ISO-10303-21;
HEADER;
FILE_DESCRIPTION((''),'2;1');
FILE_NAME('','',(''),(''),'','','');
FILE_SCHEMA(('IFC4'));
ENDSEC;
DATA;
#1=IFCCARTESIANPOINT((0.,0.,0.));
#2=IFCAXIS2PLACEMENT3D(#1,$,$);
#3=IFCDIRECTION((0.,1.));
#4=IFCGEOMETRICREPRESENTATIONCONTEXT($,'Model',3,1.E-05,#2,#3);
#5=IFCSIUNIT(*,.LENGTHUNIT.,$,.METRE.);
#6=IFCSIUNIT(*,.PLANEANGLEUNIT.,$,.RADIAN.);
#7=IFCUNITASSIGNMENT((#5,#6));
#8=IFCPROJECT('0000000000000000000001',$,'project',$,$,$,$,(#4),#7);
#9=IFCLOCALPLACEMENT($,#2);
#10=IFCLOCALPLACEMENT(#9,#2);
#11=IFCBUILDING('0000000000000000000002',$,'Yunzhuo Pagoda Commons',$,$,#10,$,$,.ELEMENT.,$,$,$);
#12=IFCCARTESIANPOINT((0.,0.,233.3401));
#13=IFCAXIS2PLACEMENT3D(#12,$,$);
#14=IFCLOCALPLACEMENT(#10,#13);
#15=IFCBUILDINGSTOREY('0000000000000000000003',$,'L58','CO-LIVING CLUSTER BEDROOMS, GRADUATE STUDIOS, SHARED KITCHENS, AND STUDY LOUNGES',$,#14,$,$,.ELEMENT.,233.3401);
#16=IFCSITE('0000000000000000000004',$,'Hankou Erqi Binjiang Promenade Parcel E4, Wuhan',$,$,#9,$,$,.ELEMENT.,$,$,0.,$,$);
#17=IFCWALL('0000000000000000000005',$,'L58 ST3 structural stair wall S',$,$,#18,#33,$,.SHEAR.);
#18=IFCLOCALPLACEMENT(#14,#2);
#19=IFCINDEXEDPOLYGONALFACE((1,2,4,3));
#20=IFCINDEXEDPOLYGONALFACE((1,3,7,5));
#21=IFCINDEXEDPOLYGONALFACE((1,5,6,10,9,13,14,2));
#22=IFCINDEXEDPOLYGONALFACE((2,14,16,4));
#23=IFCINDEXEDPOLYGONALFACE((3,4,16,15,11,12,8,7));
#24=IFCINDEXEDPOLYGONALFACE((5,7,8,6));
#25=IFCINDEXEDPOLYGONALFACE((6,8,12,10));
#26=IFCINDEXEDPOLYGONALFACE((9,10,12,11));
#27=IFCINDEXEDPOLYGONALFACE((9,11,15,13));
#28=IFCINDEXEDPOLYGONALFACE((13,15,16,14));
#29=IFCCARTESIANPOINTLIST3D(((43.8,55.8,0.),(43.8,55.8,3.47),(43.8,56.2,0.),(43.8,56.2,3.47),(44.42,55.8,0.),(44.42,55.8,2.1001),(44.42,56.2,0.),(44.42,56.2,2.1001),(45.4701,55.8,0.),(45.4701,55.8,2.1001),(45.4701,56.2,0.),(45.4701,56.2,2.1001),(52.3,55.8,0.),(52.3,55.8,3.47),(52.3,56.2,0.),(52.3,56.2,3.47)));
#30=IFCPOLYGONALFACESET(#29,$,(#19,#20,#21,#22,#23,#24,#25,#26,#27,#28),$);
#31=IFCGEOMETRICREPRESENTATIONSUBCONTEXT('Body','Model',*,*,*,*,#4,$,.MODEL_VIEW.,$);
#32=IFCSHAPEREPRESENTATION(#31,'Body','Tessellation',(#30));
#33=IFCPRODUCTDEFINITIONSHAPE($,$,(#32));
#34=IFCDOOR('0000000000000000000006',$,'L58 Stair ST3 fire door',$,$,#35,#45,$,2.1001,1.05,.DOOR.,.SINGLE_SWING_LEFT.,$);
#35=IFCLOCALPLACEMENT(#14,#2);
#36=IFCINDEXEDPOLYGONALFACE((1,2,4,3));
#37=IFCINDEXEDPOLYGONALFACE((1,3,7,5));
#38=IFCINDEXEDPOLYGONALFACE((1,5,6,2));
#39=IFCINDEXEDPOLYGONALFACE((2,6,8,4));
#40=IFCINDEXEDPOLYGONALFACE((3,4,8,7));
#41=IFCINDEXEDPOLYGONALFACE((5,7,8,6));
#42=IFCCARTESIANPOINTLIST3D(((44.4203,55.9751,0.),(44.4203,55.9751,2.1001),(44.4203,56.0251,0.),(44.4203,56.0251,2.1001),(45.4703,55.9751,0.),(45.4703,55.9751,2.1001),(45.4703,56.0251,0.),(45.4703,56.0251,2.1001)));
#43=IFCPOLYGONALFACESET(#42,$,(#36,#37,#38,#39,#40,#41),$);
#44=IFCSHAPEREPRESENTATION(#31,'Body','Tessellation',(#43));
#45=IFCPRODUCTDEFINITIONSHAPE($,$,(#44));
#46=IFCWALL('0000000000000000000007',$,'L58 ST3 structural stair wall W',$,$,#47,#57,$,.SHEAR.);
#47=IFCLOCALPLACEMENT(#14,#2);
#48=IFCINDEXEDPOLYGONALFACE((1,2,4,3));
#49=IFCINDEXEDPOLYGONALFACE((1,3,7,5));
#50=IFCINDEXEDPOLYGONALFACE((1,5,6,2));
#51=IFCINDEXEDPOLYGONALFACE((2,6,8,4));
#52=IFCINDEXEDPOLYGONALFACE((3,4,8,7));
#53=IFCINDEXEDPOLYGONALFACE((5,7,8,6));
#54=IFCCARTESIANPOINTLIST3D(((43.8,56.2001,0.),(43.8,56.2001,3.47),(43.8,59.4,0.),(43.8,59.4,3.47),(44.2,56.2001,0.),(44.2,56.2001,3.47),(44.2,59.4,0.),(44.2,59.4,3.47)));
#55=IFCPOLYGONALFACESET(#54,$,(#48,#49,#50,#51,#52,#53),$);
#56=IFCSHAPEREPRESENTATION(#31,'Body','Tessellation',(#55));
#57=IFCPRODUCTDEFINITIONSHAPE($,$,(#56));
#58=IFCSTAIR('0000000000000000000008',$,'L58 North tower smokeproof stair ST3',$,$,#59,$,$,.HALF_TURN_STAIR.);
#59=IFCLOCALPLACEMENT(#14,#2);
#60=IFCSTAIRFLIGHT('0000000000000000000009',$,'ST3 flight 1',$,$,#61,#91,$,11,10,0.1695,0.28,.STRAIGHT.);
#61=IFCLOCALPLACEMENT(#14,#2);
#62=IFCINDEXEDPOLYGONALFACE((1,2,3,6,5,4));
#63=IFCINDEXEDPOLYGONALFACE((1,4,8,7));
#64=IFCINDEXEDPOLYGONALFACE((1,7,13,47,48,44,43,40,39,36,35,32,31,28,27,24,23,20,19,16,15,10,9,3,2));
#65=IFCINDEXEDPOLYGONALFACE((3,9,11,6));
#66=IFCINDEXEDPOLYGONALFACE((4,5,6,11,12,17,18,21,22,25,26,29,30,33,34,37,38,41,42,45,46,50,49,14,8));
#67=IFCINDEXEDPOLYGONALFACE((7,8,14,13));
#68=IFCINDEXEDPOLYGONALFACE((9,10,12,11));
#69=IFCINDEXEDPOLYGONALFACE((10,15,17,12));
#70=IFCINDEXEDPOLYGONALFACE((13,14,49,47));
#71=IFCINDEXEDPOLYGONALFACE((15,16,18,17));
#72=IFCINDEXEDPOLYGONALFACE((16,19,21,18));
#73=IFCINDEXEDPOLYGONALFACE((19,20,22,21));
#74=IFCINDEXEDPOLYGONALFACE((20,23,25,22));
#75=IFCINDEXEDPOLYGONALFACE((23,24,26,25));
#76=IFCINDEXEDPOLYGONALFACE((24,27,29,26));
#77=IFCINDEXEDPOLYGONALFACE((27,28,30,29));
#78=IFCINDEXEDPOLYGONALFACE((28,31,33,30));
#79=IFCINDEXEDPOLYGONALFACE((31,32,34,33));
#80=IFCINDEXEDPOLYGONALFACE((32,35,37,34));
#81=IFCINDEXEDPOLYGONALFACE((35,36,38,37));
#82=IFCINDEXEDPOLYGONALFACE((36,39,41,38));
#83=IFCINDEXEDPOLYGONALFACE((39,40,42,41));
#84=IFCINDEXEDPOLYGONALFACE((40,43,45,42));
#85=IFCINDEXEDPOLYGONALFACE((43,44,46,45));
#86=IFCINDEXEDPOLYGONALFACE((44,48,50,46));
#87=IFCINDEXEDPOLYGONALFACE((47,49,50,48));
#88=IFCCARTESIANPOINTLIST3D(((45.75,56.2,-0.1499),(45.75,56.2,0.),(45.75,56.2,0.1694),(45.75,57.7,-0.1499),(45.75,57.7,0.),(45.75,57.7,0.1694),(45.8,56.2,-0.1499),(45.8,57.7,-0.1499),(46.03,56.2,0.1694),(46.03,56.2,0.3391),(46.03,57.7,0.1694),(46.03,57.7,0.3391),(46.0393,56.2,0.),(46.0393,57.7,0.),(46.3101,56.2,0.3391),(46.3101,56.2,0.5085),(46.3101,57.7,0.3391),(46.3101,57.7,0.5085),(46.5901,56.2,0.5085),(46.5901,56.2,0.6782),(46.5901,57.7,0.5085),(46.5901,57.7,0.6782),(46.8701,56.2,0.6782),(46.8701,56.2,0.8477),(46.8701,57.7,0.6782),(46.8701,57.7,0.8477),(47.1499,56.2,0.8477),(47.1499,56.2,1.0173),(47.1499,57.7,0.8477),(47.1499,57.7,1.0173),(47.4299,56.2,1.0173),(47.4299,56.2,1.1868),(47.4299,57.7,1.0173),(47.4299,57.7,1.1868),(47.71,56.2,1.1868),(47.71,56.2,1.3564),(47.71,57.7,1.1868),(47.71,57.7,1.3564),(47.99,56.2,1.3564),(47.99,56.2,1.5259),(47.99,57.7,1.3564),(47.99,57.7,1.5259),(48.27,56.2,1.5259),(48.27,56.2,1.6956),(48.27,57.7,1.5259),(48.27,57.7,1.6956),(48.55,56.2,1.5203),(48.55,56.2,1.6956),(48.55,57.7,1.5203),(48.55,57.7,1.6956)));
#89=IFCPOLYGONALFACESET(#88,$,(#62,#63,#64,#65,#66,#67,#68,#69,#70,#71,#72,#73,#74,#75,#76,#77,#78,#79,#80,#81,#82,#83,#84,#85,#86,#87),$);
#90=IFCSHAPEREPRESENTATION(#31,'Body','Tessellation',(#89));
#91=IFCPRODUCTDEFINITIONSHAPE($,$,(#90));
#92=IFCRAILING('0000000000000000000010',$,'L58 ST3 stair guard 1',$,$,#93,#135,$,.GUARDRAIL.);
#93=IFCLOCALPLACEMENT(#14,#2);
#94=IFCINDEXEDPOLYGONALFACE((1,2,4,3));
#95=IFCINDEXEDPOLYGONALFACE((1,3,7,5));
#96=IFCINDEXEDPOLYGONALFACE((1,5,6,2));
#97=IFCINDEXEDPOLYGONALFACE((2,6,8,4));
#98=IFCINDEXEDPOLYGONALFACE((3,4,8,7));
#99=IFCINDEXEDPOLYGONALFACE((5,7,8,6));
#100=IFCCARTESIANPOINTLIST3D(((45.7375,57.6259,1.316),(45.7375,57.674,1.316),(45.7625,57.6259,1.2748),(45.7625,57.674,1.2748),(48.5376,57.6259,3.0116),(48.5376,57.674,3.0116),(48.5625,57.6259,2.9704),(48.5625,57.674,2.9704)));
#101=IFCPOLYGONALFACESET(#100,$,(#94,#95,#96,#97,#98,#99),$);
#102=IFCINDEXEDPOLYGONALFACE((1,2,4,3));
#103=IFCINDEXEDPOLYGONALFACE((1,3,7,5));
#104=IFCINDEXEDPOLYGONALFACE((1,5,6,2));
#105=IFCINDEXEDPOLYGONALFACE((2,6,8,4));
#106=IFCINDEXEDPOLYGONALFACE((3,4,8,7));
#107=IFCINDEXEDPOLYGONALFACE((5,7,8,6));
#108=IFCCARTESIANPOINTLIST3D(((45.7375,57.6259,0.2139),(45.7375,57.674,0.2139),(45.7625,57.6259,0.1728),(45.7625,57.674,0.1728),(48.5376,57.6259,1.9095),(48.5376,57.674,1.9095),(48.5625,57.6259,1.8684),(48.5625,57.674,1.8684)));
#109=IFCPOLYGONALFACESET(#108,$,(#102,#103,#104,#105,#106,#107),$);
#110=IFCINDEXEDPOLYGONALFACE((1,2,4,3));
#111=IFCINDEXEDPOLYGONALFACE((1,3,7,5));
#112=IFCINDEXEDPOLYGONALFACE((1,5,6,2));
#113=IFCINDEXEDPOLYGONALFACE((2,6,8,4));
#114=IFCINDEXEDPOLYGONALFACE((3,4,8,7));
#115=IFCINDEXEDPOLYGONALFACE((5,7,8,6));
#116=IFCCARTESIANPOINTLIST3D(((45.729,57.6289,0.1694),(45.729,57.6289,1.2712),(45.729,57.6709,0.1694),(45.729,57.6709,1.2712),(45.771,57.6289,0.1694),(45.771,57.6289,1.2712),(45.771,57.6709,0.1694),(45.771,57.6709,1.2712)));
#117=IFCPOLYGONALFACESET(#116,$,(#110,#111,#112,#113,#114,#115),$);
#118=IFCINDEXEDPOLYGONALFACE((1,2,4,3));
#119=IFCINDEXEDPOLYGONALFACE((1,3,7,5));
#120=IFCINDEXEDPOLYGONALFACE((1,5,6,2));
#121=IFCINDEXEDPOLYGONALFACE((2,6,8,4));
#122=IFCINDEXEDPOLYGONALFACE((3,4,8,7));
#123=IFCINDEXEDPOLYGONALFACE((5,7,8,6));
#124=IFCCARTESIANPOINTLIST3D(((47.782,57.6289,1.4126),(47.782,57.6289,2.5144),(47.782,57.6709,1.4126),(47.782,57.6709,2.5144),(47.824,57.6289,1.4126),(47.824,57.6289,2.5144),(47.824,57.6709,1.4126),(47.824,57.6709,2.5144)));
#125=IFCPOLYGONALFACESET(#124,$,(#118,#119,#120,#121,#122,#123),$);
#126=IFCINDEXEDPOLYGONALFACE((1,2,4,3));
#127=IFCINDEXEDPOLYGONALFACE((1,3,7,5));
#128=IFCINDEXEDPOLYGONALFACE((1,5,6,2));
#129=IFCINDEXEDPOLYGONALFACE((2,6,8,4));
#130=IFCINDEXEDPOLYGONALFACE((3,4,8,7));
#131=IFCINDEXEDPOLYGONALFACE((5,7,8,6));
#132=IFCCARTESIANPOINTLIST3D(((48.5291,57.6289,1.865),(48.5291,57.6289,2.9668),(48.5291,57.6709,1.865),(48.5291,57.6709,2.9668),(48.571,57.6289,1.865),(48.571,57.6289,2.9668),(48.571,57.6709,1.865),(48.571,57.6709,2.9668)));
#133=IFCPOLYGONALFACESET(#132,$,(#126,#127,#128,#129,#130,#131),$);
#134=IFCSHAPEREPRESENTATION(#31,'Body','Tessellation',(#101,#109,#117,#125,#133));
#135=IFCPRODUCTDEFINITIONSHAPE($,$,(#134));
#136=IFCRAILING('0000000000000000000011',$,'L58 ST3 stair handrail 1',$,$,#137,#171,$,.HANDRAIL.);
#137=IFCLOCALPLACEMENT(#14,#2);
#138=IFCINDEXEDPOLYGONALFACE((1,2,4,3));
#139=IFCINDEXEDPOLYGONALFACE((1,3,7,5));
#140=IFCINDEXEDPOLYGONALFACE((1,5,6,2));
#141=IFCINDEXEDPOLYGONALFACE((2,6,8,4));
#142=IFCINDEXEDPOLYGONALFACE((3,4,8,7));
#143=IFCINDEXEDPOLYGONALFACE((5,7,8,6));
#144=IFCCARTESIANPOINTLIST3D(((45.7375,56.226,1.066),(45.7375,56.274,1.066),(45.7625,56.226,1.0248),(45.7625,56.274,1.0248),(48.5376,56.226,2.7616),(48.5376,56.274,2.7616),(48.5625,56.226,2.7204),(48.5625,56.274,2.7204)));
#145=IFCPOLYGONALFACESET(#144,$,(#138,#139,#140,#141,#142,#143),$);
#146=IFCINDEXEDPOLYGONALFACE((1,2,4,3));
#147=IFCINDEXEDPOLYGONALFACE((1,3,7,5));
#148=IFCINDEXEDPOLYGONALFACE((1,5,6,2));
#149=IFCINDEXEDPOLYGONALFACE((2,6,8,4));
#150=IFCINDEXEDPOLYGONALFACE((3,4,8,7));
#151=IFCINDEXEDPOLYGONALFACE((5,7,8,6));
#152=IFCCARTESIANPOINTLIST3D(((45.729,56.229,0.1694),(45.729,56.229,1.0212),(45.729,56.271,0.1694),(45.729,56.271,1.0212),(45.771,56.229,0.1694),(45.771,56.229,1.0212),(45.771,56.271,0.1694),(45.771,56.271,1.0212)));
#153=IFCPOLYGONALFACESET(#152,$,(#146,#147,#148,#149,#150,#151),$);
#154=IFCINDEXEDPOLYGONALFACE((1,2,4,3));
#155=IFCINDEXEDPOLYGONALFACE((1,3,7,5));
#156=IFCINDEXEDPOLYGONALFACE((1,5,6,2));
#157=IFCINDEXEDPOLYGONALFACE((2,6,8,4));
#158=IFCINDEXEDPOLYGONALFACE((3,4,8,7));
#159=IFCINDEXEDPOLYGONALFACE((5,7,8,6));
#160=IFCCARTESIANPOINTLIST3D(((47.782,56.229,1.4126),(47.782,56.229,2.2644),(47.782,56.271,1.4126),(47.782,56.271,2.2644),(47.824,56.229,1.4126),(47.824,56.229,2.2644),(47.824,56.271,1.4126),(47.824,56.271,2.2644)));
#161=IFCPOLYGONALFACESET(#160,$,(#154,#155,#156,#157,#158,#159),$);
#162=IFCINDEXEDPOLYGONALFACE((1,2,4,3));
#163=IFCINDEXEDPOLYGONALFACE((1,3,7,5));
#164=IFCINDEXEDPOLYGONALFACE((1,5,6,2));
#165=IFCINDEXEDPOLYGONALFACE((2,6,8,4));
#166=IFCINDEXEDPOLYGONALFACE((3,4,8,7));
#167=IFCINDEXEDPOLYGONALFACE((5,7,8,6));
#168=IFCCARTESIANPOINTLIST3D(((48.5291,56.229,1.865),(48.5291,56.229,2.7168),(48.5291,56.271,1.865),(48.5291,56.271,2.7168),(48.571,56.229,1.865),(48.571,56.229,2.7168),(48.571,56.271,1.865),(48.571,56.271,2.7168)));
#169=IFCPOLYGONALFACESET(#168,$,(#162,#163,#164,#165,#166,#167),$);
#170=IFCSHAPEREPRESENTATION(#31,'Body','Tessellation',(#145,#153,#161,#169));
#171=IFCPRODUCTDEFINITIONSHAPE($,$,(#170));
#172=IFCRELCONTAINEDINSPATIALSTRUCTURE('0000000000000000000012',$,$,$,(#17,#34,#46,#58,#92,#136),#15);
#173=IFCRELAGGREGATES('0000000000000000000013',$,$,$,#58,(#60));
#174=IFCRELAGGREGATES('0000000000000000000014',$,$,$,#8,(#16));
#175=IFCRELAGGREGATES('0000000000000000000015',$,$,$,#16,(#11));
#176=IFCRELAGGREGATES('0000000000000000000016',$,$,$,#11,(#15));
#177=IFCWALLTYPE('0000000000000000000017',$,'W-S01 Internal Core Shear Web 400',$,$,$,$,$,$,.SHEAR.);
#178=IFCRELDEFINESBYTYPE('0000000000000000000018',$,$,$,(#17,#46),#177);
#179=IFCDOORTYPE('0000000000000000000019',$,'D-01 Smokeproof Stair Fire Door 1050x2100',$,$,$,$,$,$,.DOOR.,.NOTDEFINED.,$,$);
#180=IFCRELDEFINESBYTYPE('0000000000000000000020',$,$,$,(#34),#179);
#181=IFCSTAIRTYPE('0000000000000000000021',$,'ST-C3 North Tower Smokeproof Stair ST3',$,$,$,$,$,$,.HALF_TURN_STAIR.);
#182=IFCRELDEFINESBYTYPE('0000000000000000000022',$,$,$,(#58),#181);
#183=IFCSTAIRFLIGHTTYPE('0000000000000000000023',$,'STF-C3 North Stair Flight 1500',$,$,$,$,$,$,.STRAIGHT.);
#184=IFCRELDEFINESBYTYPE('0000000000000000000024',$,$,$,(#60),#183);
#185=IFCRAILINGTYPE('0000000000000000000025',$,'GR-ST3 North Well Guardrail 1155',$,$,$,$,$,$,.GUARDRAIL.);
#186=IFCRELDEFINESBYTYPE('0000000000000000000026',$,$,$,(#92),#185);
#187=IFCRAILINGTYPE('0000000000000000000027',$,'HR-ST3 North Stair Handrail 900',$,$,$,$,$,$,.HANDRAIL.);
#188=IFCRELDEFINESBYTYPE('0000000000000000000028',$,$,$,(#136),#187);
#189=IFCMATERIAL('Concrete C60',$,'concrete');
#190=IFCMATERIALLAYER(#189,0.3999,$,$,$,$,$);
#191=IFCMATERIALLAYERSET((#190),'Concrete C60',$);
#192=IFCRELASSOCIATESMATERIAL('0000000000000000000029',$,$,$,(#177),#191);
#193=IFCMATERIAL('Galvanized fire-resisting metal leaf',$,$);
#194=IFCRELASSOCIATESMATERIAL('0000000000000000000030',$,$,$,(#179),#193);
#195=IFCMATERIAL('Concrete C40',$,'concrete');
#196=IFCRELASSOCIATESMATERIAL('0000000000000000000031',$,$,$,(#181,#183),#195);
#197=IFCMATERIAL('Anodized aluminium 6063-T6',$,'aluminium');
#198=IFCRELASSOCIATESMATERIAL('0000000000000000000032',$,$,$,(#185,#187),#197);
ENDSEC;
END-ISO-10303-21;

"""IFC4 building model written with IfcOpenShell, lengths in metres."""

from ifc_helpers import new_model, si_unit, direction, frame, frame_2d, origin, origin_2d, place, context, subcontext, project, spatial, polyline, rectangle, outline, extrude, source, transform, mapped, material, layer, layer_set, type_object, element, fill, aggregate, save


model = new_model("IFC4")

# Units and contexts
model_context = context("Model", 3, precision=1e-05, world=origin(), true_north=direction((0.0, 1.0)))
body_context = subcontext(model_context, "Body", "Model", "MODEL_VIEW")
ifc_project = project(units=[si_unit("LENGTHUNIT", "METRE"), si_unit("PLANEANGLEUNIT", "RADIAN")], contexts=[model_context])

# Site, building, storey
site_placement = place(None, origin())
site = spatial("IfcSite", under=ifc_project, at=site_placement, Name="Hankou Erqi Binjiang Promenade Parcel E4, Wuhan", CompositionType="ELEMENT", RefElevation=0.0)
building_placement = place(site_placement, origin())
building = spatial("IfcBuilding", under=site, at=building_placement, Name="Yunzhuo Pagoda Commons", CompositionType="ELEMENT")
storey_placement = place(building_placement, frame((0.0, 0.0, 233.3401)))
storey = spatial("IfcBuildingStorey", under=building, at=storey_placement, Name="L58", Description="CO-LIVING CLUSTER BEDROOMS, GRADUATE STUDIOS, SHARED KITCHENS, AND STUDY LOUNGES", CompositionType="ELEMENT", Elevation=233.3401)

# Shared definitions
ifc_material_1 = material(Name="Anodized aluminium 6063-T6", Category="aluminium")

# Wall, opening, door
ifc_material_2 = material(Name="Concrete C60", Category="concrete")
ifc_layer_1 = layer(ifc_material_2, 0.3999)
ifc_layer_set_1 = layer_set([ifc_layer_1], Name="Concrete C60")
wall_type = type_object("IfcWallType", Name="W-S01 Internal Core Shear Web 400", PredefinedType="SHEAR", material=ifc_layer_set_1)
wall_1_placement = place(storey_placement, frame((43.8, 56.0, 0.0), z_axis=(0.0, 0.0, 1.0), x_axis=(1.0, 0.0, 0.0)))
wall_1 = element("IfcWall", 1, at=wall_1_placement, inside=storey, type_object=wall_type, Name="L58 ST3 structural stair wall S", PredefinedType="SHEAR", context=body_context, shape_type="SweptSolid", body=[
    extrude(rectangle(XDim=8.5, YDim=0.3999, at=frame_2d((4.25, 0.0))), origin(), (0.0, 0.0, 1.0), 3.47),
])
opening_placement = place(wall_1_placement, frame((0.6201, 0.0, 0.0)))
opening = element("IfcOpeningElement", 2, at=opening_placement, cuts=wall_1, PredefinedType="OPENING", context=body_context, shape_type="SweptSolid", body=[
    extrude(rectangle(XDim=1.05, YDim=2.1001, at=frame_2d((0.5249, 1.05))), frame((0.0, 0.21, 0.0), z_axis=(0.0, -1.0, 0.0), x_axis=(1.0, 0.0, 0.0)), (0.0, 0.0, 1.0), 0.4199),
])
ifc_material_3 = material(Name="Galvanized fire-resisting metal leaf")
door_type = type_object("IfcDoorType", Name="D-01 Smokeproof Stair Fire Door 1050x2100", OperationType="NOTDEFINED", PredefinedType="DOOR", material=ifc_material_3)
shared_shape_1 = source(origin(), body_context, "Body", "SweptSolid", [
    extrude(rectangle(XDim=1.05, YDim=2.1001, at=frame_2d((0.5249, 1.05))), frame((0.0, 0.0249, 0.0), z_axis=(0.0, -1.0, 0.0), x_axis=(1.0, 0.0, 0.0)), (0.0, 0.0, 1.0), 0.05),
])
door_placement = place(opening_placement, frame((1.05, 0.0, 0.0), z_axis=(0.0, 0.0, 1.0), x_axis=(-1.0, 0.0, 0.0)))
door = element("IfcDoor", 3, at=door_placement, inside=storey, type_object=door_type, Name="L58 Stair ST3 fire door", OperationType="SINGLE_SWING_LEFT", OverallHeight=2.1001, OverallWidth=1.05, PredefinedType="DOOR", context=body_context, shape_type="MappedRepresentation", body=[
    mapped(shared_shape_1, transform((0.0, 0.0, 0.0), scale=1.0)),
])
fill(opening, door)

# Wall
wall_2_placement = place(storey_placement, frame((44.0, 56.2, 0.0), z_axis=(0.0, 0.0, 1.0), x_axis=(0.0, 1.0, 0.0)))
element("IfcWall", 4, at=wall_2_placement, inside=storey, type_object=wall_type, Name="L58 ST3 structural stair wall W", PredefinedType="SHEAR", context=body_context, shape_type="SweptSolid", body=[
    extrude(rectangle(XDim=3.2, YDim=0.3999, at=frame_2d((1.6001, 0.0))), origin(), (0.0, 0.0, 1.0), 3.47),
])

# Stair, stair flight
ifc_material_4 = material(Name="Concrete C40", Category="concrete")
stair_type = type_object("IfcStairType", Name="ST-C3 North Tower Smokeproof Stair ST3", PredefinedType="HALF_TURN_STAIR", material=ifc_material_4)
stair_placement = place(storey_placement, origin())
stair = element("IfcStair", 5, at=stair_placement, inside=storey, type_object=stair_type, Name="L58 North tower smokeproof stair ST3", PredefinedType="HALF_TURN_STAIR")
stair_flight_type = type_object("IfcStairFlightType", Name="STF-C3 North Stair Flight 1500", PredefinedType="STRAIGHT", material=ifc_material_4)
shared_shape_2 = source(origin(), body_context, "Body", "SweptSolid", [
    extrude(outline(polyline([(0.0, -0.1499), (0.0, 0.0), (0.0, 0.1694), (0.28, 0.1694), (0.28, 0.3391), (0.5601, 0.3391), (0.5601, 0.5085), (0.8401, 0.5085), (0.8401, 0.6782), (1.1201, 0.6782), (1.1201, 0.8477), (1.3999, 0.8477), (1.3999, 1.0173), (1.6799, 1.0173), (1.6799, 1.1868), (1.96, 1.1868), (1.96, 1.3564), (2.24, 1.3564), (2.24, 1.5259), (2.52, 1.5259), (2.52, 1.6956), (2.8, 1.6956), (2.8, 1.865), (2.8, 1.5203), (0.2893, 0.0), (0.05, -0.1499), (0.0, -0.1499)])), frame((0.0, 0.75, 0.0), z_axis=(0.0, -1.0, 0.0), x_axis=(1.0, 0.0, 0.0)), (0.0, 0.0, 1.0), 1.5),
])
stair_flight_placement = place(storey_placement, frame((45.75, 56.95, 0.0), z_axis=(0.0, 0.0, 1.0), x_axis=(1.0, 0.0, 0.0)))
stair_flight = element("IfcStairFlight", 6, at=stair_flight_placement, type_object=stair_flight_type, Name="ST3 flight 1", NumberOfRisers=11, NumberOfTreads=10, PredefinedType="STRAIGHT", RiserHeight=0.1695, TreadLength=0.28, context=body_context, shape_type="MappedRepresentation", body=[
    mapped(shared_shape_2, transform((0.0, 0.0, 0.0), scale=1.0)),
])
aggregate(stair, [stair_flight])

# Railings
railing_type_1 = type_object("IfcRailingType", Name="GR-ST3 North Well Guardrail 1155", PredefinedType="GUARDRAIL", material=ifc_material_1)
railing_1_placement = place(storey_placement, frame((45.75, 57.6499, 0.1694)))
element("IfcRailing", 7, at=railing_1_placement, inside=storey, type_object=railing_type_1, Name="L58 ST3 stair guard 1", PredefinedType="GUARDRAIL", context=body_context, shape_type="SweptSolid", body=[
    extrude(rectangle(XDim=0.0481, YDim=0.0481, at=origin_2d()), frame((0.0, 0.0, 1.126), z_axis=(0.855393, 0.0, 0.517979), x_axis=(0.0, 1.0, 0.0)), (0.0, 0.0, 1.0), 3.2734),
    extrude(rectangle(XDim=0.0481, YDim=0.0481, at=origin_2d()), frame((0.0, 0.0, 0.0239), z_axis=(0.855393, 0.0, 0.517979), x_axis=(0.0, 1.0, 0.0)), (0.0, 0.0, 1.0), 3.2734),
    extrude(rectangle(XDim=0.042, YDim=0.042, at=origin_2d()), origin(), (0.0, 0.0, 1.0), 1.1018),
    extrude(rectangle(XDim=0.042, YDim=0.042, at=origin_2d()), frame((2.053, 0.0, 1.2432)), (0.0, 0.0, 1.0), 1.1018),
    extrude(rectangle(XDim=0.042, YDim=0.042, at=origin_2d()), frame((2.8, 0.0, 1.6956)), (0.0, 0.0, 1.0), 1.1018),
])
railing_type_2 = type_object("IfcRailingType", Name="HR-ST3 North Stair Handrail 900", PredefinedType="HANDRAIL", material=ifc_material_1)
railing_2_placement = place(storey_placement, frame((45.75, 56.25, 0.1694)))
element("IfcRailing", 8, at=railing_2_placement, inside=storey, type_object=railing_type_2, Name="L58 ST3 stair handrail 1", PredefinedType="HANDRAIL", context=body_context, shape_type="SweptSolid", body=[
    extrude(rectangle(XDim=0.0481, YDim=0.0481, at=origin_2d()), frame((0.0, 0.0, 0.876), z_axis=(0.855393, 0.0, 0.517979), x_axis=(0.0, 1.0, 0.0)), (0.0, 0.0, 1.0), 3.2734),
    extrude(rectangle(XDim=0.042, YDim=0.042, at=origin_2d()), origin(), (0.0, 0.0, 1.0), 0.8518),
    extrude(rectangle(XDim=0.042, YDim=0.042, at=origin_2d()), frame((2.053, 0.0, 1.2432)), (0.0, 0.0, 1.0), 0.8518),
    extrude(rectangle(XDim=0.042, YDim=0.042, at=origin_2d()), frame((2.8, 0.0, 1.6956)), (0.0, 0.0, 1.0), 0.8518),
])

save(model, "model.ifc")
